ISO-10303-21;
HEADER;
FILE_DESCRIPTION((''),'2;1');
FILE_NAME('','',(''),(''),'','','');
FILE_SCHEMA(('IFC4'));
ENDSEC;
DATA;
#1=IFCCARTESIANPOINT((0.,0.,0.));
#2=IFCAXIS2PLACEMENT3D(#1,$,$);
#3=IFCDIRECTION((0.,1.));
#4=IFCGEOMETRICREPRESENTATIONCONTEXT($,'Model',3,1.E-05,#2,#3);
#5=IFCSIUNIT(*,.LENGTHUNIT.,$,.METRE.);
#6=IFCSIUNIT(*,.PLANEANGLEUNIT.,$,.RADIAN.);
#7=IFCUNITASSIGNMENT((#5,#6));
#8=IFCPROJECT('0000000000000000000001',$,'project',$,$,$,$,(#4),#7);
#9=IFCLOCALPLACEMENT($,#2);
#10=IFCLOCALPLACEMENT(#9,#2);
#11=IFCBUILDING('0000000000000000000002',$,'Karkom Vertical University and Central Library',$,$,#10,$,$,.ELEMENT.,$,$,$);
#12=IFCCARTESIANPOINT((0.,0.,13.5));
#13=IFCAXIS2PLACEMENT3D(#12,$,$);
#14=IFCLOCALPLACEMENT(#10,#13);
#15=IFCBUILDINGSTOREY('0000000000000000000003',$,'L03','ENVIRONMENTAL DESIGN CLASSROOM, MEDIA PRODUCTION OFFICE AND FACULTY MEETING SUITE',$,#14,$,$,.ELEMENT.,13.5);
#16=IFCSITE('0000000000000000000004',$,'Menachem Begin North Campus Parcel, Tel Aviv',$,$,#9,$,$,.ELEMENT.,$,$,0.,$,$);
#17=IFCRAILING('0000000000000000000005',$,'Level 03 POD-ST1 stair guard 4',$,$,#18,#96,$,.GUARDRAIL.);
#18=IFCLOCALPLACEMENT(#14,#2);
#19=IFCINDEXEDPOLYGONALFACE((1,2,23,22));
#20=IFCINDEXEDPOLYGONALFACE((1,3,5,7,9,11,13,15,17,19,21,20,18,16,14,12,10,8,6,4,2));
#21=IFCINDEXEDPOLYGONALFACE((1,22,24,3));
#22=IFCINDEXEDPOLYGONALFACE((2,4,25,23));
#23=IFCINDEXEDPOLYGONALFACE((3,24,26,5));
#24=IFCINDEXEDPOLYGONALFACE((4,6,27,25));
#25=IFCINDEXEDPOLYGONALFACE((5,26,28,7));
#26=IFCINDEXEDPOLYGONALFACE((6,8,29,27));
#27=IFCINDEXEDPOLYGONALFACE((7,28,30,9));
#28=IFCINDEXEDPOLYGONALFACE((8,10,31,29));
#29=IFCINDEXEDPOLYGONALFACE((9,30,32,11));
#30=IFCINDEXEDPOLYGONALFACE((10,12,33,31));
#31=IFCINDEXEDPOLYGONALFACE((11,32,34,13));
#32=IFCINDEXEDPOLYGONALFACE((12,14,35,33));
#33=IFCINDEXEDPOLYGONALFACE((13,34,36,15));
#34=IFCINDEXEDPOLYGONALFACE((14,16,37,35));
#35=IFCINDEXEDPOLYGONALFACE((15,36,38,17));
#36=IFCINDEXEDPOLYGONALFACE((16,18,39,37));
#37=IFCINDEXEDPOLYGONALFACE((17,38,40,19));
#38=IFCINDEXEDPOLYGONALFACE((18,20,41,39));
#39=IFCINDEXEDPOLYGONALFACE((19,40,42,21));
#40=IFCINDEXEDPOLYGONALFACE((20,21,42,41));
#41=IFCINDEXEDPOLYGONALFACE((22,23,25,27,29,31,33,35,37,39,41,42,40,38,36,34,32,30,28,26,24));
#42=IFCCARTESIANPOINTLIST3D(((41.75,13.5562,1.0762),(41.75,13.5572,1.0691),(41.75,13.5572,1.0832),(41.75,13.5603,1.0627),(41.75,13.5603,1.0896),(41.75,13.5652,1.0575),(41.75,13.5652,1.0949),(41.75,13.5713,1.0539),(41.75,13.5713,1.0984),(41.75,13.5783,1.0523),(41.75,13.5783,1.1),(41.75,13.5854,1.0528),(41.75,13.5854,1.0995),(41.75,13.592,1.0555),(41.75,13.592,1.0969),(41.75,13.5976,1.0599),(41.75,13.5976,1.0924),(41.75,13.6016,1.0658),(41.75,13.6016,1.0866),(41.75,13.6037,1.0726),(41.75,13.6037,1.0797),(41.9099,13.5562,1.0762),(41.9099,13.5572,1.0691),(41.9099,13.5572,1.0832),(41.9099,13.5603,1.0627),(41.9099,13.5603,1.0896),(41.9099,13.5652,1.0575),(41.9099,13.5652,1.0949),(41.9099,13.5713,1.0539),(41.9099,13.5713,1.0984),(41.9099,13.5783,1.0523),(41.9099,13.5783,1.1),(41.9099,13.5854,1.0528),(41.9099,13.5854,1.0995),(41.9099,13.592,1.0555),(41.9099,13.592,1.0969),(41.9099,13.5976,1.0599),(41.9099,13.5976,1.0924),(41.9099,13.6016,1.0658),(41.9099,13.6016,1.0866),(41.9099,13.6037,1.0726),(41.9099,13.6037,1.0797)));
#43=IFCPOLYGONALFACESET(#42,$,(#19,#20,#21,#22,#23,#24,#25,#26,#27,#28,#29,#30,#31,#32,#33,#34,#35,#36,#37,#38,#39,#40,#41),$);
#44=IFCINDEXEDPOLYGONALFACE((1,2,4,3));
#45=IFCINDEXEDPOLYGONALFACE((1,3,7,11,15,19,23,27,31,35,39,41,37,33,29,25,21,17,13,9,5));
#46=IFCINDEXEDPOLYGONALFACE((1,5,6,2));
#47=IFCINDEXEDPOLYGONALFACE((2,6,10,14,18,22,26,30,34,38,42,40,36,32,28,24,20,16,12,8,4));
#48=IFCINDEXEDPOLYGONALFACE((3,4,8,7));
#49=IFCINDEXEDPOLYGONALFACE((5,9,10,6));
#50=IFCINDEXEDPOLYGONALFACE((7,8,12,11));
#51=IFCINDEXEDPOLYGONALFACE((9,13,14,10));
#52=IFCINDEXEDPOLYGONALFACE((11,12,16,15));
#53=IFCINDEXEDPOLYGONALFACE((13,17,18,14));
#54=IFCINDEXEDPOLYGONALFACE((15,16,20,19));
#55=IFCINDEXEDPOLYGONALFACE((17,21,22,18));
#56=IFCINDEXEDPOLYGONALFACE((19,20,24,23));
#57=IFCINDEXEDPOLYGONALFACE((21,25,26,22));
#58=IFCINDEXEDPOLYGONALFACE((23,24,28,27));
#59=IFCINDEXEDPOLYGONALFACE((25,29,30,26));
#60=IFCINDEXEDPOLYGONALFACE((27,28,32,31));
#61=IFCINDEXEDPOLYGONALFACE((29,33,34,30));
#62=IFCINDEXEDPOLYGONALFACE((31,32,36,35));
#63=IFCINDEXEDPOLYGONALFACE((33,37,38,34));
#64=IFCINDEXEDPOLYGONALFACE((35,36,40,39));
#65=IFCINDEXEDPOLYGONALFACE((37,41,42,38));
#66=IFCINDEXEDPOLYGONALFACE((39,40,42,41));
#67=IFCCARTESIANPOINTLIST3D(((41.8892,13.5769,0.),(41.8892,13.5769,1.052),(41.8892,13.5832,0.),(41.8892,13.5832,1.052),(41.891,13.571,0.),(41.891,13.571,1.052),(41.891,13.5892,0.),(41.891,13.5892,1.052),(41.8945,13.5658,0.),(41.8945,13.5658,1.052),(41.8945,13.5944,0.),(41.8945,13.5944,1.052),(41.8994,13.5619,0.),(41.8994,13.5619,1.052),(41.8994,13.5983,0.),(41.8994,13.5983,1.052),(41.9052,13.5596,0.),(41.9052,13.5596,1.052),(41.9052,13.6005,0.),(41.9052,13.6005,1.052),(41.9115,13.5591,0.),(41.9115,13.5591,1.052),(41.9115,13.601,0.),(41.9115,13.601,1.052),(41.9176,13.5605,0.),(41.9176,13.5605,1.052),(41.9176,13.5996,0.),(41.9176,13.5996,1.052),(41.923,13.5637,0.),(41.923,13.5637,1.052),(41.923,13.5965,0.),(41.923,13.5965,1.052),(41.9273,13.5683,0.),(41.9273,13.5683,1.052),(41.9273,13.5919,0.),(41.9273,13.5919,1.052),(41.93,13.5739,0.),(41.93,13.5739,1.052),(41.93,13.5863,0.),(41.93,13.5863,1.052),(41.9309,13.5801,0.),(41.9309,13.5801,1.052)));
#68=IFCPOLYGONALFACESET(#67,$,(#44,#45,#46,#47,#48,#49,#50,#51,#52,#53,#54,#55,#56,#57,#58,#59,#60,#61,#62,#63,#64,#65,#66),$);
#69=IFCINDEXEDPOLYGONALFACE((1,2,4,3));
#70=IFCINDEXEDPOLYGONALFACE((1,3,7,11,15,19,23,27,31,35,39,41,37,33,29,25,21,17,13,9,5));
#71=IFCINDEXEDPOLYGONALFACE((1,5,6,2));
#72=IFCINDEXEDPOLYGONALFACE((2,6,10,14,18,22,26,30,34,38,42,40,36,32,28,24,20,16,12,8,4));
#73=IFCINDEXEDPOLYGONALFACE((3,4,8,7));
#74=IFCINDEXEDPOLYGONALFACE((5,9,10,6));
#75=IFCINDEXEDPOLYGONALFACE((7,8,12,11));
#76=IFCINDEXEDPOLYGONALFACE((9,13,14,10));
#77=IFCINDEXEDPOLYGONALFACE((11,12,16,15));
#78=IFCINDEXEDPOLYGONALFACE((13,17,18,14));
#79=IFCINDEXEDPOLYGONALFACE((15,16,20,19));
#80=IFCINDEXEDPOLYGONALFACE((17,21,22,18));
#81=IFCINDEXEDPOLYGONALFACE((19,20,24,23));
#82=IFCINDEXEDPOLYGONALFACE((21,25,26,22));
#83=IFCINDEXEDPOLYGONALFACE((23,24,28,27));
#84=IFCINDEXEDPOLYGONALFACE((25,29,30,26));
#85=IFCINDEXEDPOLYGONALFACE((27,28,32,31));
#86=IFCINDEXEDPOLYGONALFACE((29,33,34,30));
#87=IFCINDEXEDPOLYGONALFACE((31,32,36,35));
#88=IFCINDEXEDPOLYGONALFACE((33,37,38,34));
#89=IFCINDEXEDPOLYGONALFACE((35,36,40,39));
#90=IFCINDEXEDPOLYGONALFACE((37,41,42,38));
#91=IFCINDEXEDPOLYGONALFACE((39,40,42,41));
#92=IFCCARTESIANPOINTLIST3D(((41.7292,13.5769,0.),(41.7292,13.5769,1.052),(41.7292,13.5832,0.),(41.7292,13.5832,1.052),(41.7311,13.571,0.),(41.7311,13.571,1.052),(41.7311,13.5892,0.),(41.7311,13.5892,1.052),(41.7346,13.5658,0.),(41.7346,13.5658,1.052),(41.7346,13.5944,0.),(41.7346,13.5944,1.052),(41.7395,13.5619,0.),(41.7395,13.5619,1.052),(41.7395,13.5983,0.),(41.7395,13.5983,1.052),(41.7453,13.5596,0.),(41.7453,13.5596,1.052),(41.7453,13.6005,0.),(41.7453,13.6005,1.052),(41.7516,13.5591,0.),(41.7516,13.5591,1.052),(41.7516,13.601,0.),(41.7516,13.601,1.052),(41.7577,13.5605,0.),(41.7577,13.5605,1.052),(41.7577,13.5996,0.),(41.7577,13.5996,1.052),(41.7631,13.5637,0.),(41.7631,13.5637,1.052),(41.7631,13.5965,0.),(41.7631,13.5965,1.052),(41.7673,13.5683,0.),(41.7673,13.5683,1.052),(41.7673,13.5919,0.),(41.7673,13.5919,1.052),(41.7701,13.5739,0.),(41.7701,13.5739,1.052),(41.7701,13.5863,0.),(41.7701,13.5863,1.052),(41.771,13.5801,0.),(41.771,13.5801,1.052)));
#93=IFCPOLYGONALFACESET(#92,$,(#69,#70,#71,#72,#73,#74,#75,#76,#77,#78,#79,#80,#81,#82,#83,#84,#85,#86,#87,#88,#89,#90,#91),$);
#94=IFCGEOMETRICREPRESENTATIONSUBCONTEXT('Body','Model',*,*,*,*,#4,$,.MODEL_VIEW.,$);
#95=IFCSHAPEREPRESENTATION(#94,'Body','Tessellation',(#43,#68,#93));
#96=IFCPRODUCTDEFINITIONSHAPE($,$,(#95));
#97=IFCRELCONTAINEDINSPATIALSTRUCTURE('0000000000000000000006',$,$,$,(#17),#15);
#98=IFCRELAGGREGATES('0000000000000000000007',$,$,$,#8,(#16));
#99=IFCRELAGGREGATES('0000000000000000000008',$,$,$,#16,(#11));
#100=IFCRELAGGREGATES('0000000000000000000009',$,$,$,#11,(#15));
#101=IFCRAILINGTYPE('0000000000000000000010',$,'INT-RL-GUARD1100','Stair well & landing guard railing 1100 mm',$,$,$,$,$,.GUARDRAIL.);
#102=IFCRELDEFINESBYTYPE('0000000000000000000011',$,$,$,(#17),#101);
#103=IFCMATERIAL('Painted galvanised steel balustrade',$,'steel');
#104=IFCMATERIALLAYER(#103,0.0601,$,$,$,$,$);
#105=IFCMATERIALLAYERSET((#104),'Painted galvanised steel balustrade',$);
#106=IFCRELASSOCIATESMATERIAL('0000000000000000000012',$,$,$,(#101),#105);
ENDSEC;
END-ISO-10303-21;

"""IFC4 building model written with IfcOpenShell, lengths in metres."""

from ifc_helpers import new_model, si_unit, direction, frame, origin, origin_2d, place, context, subcontext, project, spatial, circle, extrude, material, layer, layer_set, type_object, element, save


model = new_model("IFC4")

# Units and contexts
model_context = context("Model", 3, precision=1e-05, world=origin(), true_north=direction((0.0, 1.0)))
body_context = subcontext(model_context, "Body", "Model", "MODEL_VIEW")
ifc_project = project(units=[si_unit("LENGTHUNIT", "METRE"), si_unit("PLANEANGLEUNIT", "RADIAN")], contexts=[model_context])

# Site, building, storey
site_placement = place(None, origin())
site = spatial("IfcSite", under=ifc_project, at=site_placement, Name="Menachem Begin North Campus Parcel, Tel Aviv", CompositionType="ELEMENT", RefElevation=0.0)
building_placement = place(site_placement, origin())
building = spatial("IfcBuilding", under=site, at=building_placement, Name="Karkom Vertical University and Central Library", CompositionType="ELEMENT")
storey_placement = place(building_placement, frame((0.0, 0.0, 13.5)))
storey = spatial("IfcBuildingStorey", under=building, at=storey_placement, Name="L03", Description="ENVIRONMENTAL DESIGN CLASSROOM, MEDIA PRODUCTION OFFICE AND FACULTY MEETING SUITE", CompositionType="ELEMENT", Elevation=13.5)

# Railing
ifc_material_1 = material(Name="Painted galvanised steel balustrade", Category="steel")
ifc_layer_1 = layer(ifc_material_1, 0.0601)
ifc_layer_set_1 = layer_set([ifc_layer_1], Name="Painted galvanised steel balustrade")
railing_type_1 = type_object("IfcRailingType", Name="INT-RL-GUARD1100", Description="Stair well & landing guard railing 1100 mm", PredefinedType="GUARDRAIL", material=ifc_layer_set_1)
railing_1_placement = place(storey_placement, frame((41.9099, 13.5801, 0.0)))
element("IfcRailing", 1, at=railing_1_placement, inside=storey, type_object=railing_type_1, Name="Level 03 POD-ST1 stair guard 4", PredefinedType="GUARDRAIL", context=body_context, shape_type="SweptSolid", body=[
    extrude(circle(Radius=0.0239, at=origin_2d()), frame((0.0, 0.0, 1.0762), z_axis=(-1.0, 0.0, 0.0), x_axis=(0.0, -1.0, 0.0)), (0.0, 0.0, 1.0), 0.1599),
    extrude(circle(Radius=0.021, at=origin_2d()), origin(), (0.0, 0.0, 1.0), 1.052),
    extrude(circle(Radius=0.021, at=origin_2d()), frame((-0.1599, 0.0, 0.0)), (0.0, 0.0, 1.0), 1.052),
])

save(model, "model.ifc")
